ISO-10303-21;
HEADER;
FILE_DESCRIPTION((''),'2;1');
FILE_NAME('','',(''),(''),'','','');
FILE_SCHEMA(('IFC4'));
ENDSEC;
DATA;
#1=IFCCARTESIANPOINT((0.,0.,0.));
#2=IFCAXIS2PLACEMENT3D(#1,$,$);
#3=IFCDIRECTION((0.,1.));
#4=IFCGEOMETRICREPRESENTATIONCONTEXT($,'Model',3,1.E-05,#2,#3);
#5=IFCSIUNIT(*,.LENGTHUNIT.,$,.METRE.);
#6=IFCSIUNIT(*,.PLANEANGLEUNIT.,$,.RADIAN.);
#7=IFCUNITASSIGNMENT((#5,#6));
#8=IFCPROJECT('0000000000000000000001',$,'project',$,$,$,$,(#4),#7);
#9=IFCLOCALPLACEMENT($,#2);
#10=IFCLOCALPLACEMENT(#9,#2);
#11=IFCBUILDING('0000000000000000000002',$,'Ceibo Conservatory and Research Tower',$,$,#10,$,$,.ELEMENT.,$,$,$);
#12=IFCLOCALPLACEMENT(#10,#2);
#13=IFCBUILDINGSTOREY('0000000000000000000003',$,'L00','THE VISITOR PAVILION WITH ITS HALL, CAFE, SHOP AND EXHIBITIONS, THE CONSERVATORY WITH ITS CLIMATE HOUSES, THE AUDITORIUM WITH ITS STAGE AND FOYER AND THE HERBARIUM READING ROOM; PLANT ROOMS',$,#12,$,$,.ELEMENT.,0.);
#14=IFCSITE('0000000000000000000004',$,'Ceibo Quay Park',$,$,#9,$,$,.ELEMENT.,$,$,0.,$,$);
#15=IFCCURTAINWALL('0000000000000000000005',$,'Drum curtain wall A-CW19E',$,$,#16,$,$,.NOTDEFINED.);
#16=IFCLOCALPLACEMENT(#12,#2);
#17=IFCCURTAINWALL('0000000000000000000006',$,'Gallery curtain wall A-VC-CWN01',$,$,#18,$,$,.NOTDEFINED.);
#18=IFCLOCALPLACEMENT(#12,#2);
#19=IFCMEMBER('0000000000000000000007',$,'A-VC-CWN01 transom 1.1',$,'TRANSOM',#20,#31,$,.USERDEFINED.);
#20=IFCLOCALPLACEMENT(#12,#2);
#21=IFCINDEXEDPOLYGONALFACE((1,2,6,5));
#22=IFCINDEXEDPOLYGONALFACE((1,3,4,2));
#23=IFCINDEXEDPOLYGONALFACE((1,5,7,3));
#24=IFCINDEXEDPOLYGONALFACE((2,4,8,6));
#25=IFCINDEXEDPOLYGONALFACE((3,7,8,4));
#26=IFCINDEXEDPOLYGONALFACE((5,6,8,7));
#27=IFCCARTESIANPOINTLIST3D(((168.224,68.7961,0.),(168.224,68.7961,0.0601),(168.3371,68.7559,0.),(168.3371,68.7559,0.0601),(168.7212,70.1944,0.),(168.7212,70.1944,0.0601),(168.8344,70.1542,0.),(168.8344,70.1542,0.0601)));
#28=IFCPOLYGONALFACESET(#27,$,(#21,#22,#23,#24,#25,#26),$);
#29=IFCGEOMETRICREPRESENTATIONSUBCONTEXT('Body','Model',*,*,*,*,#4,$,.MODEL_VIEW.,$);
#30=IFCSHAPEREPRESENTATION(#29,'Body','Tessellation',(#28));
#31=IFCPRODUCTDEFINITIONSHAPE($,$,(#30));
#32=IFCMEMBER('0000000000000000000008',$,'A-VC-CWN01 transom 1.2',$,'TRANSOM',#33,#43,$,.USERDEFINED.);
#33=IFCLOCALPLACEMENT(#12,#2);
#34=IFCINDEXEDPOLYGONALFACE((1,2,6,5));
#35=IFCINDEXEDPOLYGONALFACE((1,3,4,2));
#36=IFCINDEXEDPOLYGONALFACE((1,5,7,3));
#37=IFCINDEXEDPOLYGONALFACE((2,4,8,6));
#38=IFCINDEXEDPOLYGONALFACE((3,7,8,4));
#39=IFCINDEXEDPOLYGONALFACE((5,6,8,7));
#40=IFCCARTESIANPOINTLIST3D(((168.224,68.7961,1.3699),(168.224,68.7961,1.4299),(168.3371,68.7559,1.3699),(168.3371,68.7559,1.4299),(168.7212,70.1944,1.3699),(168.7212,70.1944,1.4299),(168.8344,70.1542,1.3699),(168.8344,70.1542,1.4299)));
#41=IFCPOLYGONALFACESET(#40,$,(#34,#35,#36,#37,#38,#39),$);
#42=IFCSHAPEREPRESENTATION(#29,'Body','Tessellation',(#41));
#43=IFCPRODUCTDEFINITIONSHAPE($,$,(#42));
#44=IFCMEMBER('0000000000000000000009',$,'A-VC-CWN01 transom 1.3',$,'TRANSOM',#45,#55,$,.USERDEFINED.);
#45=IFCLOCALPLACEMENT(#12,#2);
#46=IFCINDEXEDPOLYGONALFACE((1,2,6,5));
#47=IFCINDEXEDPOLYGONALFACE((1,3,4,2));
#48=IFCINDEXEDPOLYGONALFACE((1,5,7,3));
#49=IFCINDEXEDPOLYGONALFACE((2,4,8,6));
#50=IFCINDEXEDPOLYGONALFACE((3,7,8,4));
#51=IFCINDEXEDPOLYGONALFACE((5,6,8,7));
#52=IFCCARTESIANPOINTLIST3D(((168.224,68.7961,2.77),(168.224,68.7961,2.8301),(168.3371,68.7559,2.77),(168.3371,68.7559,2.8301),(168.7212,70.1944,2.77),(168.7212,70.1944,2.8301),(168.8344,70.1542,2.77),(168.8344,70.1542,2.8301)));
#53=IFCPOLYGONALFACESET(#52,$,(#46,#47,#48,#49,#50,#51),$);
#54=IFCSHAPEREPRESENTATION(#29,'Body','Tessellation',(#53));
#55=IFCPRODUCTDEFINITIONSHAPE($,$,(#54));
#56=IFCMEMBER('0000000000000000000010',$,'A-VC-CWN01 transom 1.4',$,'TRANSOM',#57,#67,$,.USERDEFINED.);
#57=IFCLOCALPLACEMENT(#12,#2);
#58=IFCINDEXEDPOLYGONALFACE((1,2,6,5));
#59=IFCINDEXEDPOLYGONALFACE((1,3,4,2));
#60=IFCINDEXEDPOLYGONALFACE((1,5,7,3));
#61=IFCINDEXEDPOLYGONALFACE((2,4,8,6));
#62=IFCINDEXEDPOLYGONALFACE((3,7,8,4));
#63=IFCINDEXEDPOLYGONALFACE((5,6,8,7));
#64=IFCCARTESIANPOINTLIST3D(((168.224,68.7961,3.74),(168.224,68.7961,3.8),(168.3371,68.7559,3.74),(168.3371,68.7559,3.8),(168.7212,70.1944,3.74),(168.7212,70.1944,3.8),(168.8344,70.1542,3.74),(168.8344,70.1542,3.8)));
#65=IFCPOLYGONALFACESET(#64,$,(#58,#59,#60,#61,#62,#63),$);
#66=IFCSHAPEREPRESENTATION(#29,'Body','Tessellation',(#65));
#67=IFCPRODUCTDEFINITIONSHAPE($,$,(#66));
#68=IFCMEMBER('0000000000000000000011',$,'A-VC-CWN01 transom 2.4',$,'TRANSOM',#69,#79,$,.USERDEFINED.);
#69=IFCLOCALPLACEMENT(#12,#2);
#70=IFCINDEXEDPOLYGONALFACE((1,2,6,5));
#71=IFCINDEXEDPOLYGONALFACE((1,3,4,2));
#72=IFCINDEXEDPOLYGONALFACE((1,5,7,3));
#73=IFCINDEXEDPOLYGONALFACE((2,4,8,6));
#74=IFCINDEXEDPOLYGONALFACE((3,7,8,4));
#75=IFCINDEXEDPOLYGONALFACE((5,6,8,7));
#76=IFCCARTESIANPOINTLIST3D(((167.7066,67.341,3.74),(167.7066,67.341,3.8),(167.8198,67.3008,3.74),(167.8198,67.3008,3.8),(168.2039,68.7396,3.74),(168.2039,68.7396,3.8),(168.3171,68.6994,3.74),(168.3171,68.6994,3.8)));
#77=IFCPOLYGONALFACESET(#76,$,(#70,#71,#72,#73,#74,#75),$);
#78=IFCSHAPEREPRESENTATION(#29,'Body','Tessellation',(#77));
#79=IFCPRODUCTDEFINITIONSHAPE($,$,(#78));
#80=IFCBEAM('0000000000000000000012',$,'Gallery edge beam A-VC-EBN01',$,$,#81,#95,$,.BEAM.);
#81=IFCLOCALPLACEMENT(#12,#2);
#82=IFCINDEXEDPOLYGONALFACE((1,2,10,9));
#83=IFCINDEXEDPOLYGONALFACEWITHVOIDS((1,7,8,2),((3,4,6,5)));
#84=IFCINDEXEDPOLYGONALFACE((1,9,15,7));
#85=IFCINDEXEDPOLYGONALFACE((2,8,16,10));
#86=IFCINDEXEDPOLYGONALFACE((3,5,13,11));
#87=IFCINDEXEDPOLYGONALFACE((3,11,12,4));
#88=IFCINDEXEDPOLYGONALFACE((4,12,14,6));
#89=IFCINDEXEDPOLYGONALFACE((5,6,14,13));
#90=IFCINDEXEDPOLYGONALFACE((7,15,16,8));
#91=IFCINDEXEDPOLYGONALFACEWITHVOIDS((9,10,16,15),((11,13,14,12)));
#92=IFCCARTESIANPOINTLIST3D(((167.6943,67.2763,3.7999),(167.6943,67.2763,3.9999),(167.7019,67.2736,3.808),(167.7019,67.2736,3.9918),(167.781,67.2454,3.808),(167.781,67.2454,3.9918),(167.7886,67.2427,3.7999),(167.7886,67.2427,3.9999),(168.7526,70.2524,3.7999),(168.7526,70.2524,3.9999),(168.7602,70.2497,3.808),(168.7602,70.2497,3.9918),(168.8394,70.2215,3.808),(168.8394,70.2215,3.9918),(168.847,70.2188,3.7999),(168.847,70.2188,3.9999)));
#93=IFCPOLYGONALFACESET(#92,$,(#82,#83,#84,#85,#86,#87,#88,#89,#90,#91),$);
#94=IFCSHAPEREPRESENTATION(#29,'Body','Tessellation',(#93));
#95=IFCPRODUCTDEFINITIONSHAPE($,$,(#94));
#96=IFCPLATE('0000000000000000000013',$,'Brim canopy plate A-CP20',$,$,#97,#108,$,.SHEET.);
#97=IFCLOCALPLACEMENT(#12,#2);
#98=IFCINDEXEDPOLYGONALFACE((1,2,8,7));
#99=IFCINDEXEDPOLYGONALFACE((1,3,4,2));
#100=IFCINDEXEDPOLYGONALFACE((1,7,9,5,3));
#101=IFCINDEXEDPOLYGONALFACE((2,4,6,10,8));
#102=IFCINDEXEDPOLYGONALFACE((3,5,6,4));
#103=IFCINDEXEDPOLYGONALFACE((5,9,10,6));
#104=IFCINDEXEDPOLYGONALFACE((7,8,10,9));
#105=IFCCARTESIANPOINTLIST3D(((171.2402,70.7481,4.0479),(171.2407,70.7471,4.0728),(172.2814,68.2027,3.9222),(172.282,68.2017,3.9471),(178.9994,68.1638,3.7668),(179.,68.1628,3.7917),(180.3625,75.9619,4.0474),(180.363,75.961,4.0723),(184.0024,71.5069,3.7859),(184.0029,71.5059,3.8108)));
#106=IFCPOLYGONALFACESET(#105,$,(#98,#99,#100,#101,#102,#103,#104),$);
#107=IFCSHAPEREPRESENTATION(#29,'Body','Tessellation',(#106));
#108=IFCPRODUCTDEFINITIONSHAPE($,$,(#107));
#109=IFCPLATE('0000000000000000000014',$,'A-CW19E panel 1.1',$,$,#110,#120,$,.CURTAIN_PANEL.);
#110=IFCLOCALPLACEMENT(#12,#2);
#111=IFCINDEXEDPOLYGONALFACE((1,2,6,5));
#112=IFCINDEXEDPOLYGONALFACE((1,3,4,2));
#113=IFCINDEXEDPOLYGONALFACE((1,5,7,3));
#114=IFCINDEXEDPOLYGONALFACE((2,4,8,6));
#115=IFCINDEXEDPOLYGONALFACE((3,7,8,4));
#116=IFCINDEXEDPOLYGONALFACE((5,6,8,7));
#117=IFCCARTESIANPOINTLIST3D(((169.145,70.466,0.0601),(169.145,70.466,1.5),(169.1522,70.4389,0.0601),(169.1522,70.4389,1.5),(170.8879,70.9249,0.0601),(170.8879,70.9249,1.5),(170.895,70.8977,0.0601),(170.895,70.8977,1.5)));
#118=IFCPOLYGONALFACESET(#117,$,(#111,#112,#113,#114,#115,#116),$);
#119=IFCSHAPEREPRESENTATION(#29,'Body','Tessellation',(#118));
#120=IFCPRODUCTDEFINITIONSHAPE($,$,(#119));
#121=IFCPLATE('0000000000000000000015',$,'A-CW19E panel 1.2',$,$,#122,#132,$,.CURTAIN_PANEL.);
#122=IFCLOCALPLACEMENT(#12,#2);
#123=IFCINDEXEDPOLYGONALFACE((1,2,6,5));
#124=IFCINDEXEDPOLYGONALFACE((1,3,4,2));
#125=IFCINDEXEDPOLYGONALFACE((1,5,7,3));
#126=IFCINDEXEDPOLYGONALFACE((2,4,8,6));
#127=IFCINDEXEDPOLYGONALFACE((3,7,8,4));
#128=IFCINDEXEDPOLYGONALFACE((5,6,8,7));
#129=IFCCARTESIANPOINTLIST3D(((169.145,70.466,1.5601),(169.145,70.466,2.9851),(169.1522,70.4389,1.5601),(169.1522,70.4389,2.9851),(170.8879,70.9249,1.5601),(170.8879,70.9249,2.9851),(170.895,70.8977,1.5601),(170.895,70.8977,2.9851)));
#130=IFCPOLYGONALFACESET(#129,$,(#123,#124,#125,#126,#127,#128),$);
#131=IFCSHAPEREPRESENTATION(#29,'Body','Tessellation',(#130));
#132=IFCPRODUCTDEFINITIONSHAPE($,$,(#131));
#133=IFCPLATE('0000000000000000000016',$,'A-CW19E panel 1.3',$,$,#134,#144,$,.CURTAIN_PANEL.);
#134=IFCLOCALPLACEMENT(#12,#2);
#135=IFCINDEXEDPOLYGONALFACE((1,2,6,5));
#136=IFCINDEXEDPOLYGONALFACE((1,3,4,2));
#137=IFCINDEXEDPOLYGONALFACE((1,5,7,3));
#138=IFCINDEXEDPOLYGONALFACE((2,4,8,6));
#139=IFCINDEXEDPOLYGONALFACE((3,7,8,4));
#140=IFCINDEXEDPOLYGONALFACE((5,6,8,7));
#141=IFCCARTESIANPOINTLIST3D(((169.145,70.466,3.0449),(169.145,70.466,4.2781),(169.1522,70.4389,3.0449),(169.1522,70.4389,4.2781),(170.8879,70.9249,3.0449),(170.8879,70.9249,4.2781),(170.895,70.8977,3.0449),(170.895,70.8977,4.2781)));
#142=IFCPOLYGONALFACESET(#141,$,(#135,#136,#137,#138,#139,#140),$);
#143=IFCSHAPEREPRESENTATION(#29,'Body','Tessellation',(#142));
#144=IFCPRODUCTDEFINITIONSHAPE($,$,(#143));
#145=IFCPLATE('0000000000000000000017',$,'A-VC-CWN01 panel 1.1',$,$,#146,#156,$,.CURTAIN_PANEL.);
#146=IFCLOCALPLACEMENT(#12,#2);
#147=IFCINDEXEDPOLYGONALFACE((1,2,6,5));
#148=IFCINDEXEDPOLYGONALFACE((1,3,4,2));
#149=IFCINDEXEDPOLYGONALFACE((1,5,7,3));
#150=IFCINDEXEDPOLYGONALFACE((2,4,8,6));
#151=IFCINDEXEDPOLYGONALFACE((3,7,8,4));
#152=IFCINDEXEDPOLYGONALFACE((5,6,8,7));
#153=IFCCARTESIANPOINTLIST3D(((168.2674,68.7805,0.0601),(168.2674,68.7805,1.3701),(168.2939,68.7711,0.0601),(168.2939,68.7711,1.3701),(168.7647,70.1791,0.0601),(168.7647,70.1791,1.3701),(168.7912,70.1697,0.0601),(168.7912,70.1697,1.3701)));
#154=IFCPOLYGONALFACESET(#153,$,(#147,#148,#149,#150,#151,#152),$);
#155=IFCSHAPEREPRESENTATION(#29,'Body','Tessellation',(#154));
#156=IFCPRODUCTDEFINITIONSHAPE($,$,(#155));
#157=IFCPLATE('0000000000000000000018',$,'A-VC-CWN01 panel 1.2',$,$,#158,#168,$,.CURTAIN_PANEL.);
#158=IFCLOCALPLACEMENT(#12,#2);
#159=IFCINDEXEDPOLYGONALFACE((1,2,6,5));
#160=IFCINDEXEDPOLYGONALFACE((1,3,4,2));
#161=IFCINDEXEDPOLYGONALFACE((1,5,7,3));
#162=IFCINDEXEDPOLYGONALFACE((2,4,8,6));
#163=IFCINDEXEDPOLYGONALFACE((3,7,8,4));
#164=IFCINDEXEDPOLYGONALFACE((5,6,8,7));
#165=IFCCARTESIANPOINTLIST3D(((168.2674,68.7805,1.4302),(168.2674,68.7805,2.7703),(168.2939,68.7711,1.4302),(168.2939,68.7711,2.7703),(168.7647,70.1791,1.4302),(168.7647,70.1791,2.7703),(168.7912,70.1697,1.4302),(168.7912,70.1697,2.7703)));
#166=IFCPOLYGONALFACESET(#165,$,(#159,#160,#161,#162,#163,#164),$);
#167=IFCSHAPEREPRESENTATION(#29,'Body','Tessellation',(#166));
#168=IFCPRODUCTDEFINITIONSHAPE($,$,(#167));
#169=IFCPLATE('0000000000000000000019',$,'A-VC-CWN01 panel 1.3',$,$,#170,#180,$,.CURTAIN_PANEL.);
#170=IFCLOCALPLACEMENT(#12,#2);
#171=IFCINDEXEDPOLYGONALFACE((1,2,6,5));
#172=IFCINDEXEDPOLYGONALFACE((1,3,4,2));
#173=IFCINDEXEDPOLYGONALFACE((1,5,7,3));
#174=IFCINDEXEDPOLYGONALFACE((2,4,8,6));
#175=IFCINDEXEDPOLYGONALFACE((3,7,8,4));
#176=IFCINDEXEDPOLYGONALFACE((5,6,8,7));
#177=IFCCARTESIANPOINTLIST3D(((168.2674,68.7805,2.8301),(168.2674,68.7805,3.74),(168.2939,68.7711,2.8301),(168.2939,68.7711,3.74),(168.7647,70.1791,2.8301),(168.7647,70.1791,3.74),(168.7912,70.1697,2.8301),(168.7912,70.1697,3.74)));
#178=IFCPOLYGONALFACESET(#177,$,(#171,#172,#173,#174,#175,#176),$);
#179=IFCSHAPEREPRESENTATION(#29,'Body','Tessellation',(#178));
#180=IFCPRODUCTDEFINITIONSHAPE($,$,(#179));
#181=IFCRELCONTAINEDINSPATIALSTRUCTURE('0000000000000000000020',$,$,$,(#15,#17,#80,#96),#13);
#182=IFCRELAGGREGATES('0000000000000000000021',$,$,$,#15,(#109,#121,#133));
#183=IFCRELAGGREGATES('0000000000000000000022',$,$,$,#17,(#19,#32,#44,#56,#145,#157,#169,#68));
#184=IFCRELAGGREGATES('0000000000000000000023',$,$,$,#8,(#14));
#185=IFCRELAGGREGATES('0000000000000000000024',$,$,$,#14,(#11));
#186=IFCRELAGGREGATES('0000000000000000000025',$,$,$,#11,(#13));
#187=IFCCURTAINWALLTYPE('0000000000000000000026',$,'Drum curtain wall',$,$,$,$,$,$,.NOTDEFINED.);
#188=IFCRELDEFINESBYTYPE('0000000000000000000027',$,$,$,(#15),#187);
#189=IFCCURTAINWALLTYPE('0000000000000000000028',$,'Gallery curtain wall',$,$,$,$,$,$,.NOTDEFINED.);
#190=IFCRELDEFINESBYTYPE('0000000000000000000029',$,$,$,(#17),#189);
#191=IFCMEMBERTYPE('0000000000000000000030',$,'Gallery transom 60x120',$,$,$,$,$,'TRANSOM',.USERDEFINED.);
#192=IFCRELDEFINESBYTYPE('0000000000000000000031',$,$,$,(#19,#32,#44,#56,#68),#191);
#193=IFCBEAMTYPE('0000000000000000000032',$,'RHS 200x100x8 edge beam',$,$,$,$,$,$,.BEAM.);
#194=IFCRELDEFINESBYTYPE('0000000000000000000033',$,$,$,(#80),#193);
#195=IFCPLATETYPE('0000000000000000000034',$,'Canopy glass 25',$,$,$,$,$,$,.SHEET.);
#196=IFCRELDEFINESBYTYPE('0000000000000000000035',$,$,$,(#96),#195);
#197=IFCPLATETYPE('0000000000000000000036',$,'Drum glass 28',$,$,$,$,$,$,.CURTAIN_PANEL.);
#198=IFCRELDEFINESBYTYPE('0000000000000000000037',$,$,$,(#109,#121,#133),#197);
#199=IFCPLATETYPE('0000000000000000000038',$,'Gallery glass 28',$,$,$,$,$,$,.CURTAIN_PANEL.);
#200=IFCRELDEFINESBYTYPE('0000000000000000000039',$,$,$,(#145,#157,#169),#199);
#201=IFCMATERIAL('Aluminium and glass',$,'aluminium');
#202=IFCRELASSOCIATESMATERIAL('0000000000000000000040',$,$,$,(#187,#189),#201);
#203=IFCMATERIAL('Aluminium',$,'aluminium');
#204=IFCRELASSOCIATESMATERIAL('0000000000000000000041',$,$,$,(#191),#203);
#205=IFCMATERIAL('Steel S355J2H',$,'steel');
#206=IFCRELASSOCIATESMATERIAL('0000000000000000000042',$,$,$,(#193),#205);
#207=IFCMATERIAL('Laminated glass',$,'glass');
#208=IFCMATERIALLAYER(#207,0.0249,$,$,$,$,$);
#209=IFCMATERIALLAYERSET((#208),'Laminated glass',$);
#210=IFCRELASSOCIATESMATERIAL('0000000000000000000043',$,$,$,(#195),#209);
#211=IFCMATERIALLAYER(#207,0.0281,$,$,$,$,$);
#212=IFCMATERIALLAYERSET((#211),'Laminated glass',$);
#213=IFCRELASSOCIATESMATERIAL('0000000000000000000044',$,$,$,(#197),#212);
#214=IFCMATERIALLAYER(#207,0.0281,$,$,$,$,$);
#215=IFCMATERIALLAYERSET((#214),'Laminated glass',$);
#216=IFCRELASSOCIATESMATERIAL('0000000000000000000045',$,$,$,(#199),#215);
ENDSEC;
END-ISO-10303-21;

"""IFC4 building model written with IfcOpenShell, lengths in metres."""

from ifc_helpers import new_model, si_unit, direction, frame, origin, origin_2d, place, context, subcontext, project, spatial, polyline, rectangle, hollow_rectangle, outline, extrude, material, layer, layer_set, material_profile, profile_set, type_object, element, aggregate, save


model = new_model("IFC4")

# Units and contexts
model_context = context("Model", 3, precision=1e-05, world=origin(), true_north=direction((0.0, 1.0)))
body_context = subcontext(model_context, "Body", "Model", "MODEL_VIEW")
ifc_project = project(units=[si_unit("LENGTHUNIT", "METRE"), si_unit("PLANEANGLEUNIT", "RADIAN")], contexts=[model_context])

# Site, building, storey
site_placement = place(None, origin())
site = spatial("IfcSite", under=ifc_project, at=site_placement, Name="Ceibo Quay Park", CompositionType="ELEMENT", RefElevation=0.0)
building_placement = place(site_placement, origin())
building = spatial("IfcBuilding", under=site, at=building_placement, Name="Ceibo Conservatory and Research Tower", CompositionType="ELEMENT")
storey_placement = place(building_placement, origin())
storey = spatial("IfcBuildingStorey", under=building, at=storey_placement, Name="L00", Description="THE VISITOR PAVILION WITH ITS HALL, CAFE, SHOP AND EXHIBITIONS, THE CONSERVATORY WITH ITS CLIMATE HOUSES, THE AUDITORIUM WITH ITS STAGE AND FOYER AND THE HERBARIUM READING ROOM; PLANT ROOMS", CompositionType="ELEMENT", Elevation=0.0)

# Shared definitions
ifc_material_1 = material(Name="Steel S355J2H", Category="steel")

# Curtain wall
ifc_material_2 = material(Name="Aluminium and glass", Category="aluminium")
curtain_wall_type_1 = type_object("IfcCurtainWallType", Name="Drum curtain wall", PredefinedType="NOTDEFINED", material=ifc_material_2)
curtain_wall_1_placement = place(storey_placement, origin())
curtain_wall_1 = element("IfcCurtainWall", 1, at=curtain_wall_1_placement, inside=storey, type_object=curtain_wall_type_1, Name="Drum curtain wall A-CW19E", PredefinedType="NOTDEFINED")
ifc_material_3 = material(Name="Aluminium", Category="aluminium")

# Curtain wall, members
curtain_wall_type_2 = type_object("IfcCurtainWallType", Name="Gallery curtain wall", PredefinedType="NOTDEFINED", material=ifc_material_2)
curtain_wall_2_placement = place(storey_placement, origin())
curtain_wall_2 = element("IfcCurtainWall", 2, at=curtain_wall_2_placement, inside=storey, type_object=curtain_wall_type_2, Name="Gallery curtain wall A-VC-CWN01", PredefinedType="NOTDEFINED")
ifc_material_profile_1 = material_profile(ifc_material_3, rectangle(XDim=0.1201, YDim=0.0601, at=origin_2d()), Name="AL 60x120")
ifc_profile_set_1 = profile_set([ifc_material_profile_1], Name="Aluminium")
member_type_1 = type_object("IfcMemberType", Name="Gallery transom 60x120", ElementType="TRANSOM", PredefinedType="USERDEFINED", material=ifc_profile_set_1)
member_1_placement = place(storey_placement, frame((168.7778, 70.1743, 0.03), z_axis=(-0.335065, -0.942195, 0.0), x_axis=(0.942195, -0.335065, 0.0)))
member_1 = element("IfcMember", 3, at=member_1_placement, type_object=member_type_1, Name="A-VC-CWN01 transom 1.1", ObjectType="TRANSOM", PredefinedType="USERDEFINED", context=body_context, shape_type="SweptSolid", body=[
    extrude(rectangle(XDim=0.1201, YDim=0.0601, at=origin_2d()), origin(), (0.0, 0.0, 1.0), 1.4841),
])
member_2_placement = place(storey_placement, frame((168.7778, 70.1743, 1.3999), z_axis=(-0.335065, -0.942195, 0.0), x_axis=(0.942195, -0.335065, 0.0)))
member_2 = element("IfcMember", 4, at=member_2_placement, type_object=member_type_1, Name="A-VC-CWN01 transom 1.2", ObjectType="TRANSOM", PredefinedType="USERDEFINED", context=body_context, shape_type="SweptSolid", body=[
    extrude(rectangle(XDim=0.1201, YDim=0.0601, at=origin_2d()), origin(), (0.0, 0.0, 1.0), 1.4841),
])
member_3_placement = place(storey_placement, frame((168.7778, 70.1743, 2.8), z_axis=(-0.335065, -0.942195, 0.0), x_axis=(0.942195, -0.335065, 0.0)))
member_3 = element("IfcMember", 5, at=member_3_placement, type_object=member_type_1, Name="A-VC-CWN01 transom 1.3", ObjectType="TRANSOM", PredefinedType="USERDEFINED", context=body_context, shape_type="SweptSolid", body=[
    extrude(rectangle(XDim=0.1201, YDim=0.0601, at=origin_2d()), origin(), (0.0, 0.0, 1.0), 1.4841),
])
member_4_placement = place(storey_placement, frame((168.7778, 70.1743, 3.77), z_axis=(-0.335065, -0.942195, 0.0), x_axis=(0.942195, -0.335065, 0.0)))
member_4 = element("IfcMember", 6, at=member_4_placement, type_object=member_type_1, Name="A-VC-CWN01 transom 1.4", ObjectType="TRANSOM", PredefinedType="USERDEFINED", context=body_context, shape_type="SweptSolid", body=[
    extrude(rectangle(XDim=0.1201, YDim=0.0601, at=origin_2d()), origin(), (0.0, 0.0, 1.0), 1.4841),
])
member_5_placement = place(storey_placement, frame((168.2605, 68.7195, 3.77), z_axis=(-0.335013, -0.942214, 0.0), x_axis=(0.942214, -0.335013, 0.0)))
member_5 = element("IfcMember", 7, at=member_5_placement, type_object=member_type_1, Name="A-VC-CWN01 transom 2.4", ObjectType="TRANSOM", PredefinedType="USERDEFINED", context=body_context, shape_type="SweptSolid", body=[
    extrude(rectangle(XDim=0.1201, YDim=0.0601, at=origin_2d()), origin(), (0.0, 0.0, 1.0), 1.4844),
])

# Beam
ifc_material_profile_2 = material_profile(ifc_material_1, hollow_rectangle(XDim=0.1001, YDim=0.2, WallThickness=0.0081, at=origin_2d()), Name="RHS 200x100x8 edge beam")
ifc_profile_set_2 = profile_set([ifc_material_profile_2], Name="Steel S355J2H")
beam_type = type_object("IfcBeamType", Name="RHS 200x100x8 edge beam", PredefinedType="BEAM", material=ifc_profile_set_2)
beam_placement = place(storey_placement, frame((168.7998, 70.2356, 3.8999), z_axis=(-0.335063, -0.942196, 0.0), x_axis=(0.942196, -0.335063, 0.0)))
element("IfcBeam", 8, at=beam_placement, inside=storey, type_object=beam_type, Name="Gallery edge beam A-VC-EBN01", PredefinedType="BEAM", context=body_context, shape_type="SweptSolid", body=[
    extrude(hollow_rectangle(XDim=0.1001, YDim=0.2, WallThickness=0.0081, at=origin_2d()), origin(), (0.0, 0.0, 1.0), 3.1587),
])

# Plates
ifc_material_4 = material(Name="Laminated glass", Category="glass")
ifc_layer_1 = layer(ifc_material_4, 0.0249)
ifc_layer_set_1 = layer_set([ifc_layer_1], Name="Laminated glass")
plate_type_1 = type_object("IfcPlateType", Name="Canopy glass 25", PredefinedType="SHEET", material=ifc_layer_set_1)
plate_1_placement = place(storey_placement, frame((171.2407, 70.7471, 4.0728), z_axis=(-0.022879, 0.039944, -0.99894), x_axis=(0.868196, 0.496221, -0.000042)))
element("IfcPlate", 9, at=plate_1_placement, inside=storey, type_object=plate_type_1, Name="Brim canopy plate A-CP20", PredefinedType="SHEET", context=body_context, shape_type="SweptSolid", body=[
    extrude(outline(polyline([(0.0, 0.0), (10.5072, 0.0), (11.4566, 5.6801), (5.4542, 6.1004), (-0.3591, 2.7295), (0.0, 0.0)])), origin(), (0.0, 0.0, 1.0), 0.0249),
])
ifc_layer_2 = layer(ifc_material_4, 0.0281)
ifc_layer_set_2 = layer_set([ifc_layer_2], Name="Laminated glass")
plate_type_2 = type_object("IfcPlateType", Name="Drum glass 28", PredefinedType="CURTAIN_PANEL", material=ifc_layer_set_2)
plate_2_placement = place(storey_placement, frame((170.02, 70.6819, 0.0601), z_axis=(0.0, 0.0, 1.0), x_axis=(0.967046, 0.254602, 0.0)))
plate_2 = element("IfcPlate", 10, at=plate_2_placement, type_object=plate_type_2, Name="A-CW19E panel 1.1", PredefinedType="CURTAIN_PANEL", context=body_context, shape_type="SweptSolid", body=[
    extrude(rectangle(XDim=1.8022, YDim=0.0281, at=origin_2d()), origin(), (0.0, 0.0, 1.0), 1.4399),
])
plate_3_placement = place(storey_placement, frame((170.02, 70.6819, 1.5601), z_axis=(0.0, 0.0, 1.0), x_axis=(0.967046, 0.254602, 0.0)))
plate_3 = element("IfcPlate", 11, at=plate_3_placement, type_object=plate_type_2, Name="A-CW19E panel 1.2", PredefinedType="CURTAIN_PANEL", context=body_context, shape_type="SweptSolid", body=[
    extrude(rectangle(XDim=1.8022, YDim=0.0281, at=origin_2d()), origin(), (0.0, 0.0, 1.0), 1.425),
])
plate_4_placement = place(storey_placement, frame((170.02, 70.6819, 3.0449), z_axis=(0.0, 0.0, 1.0), x_axis=(0.967046, 0.254602, 0.0)))
plate_4 = element("IfcPlate", 12, at=plate_4_placement, type_object=plate_type_2, Name="A-CW19E panel 1.3", PredefinedType="CURTAIN_PANEL", context=body_context, shape_type="SweptSolid", body=[
    extrude(rectangle(XDim=1.8022, YDim=0.0281, at=origin_2d()), origin(), (0.0, 0.0, 1.0), 1.2332),
])
aggregate(curtain_wall_1, [plate_2, plate_3, plate_4])
ifc_layer_3 = layer(ifc_material_4, 0.0281)
ifc_layer_set_3 = layer_set([ifc_layer_3], Name="Laminated glass")
plate_type_3 = type_object("IfcPlateType", Name="Gallery glass 28", PredefinedType="CURTAIN_PANEL", material=ifc_layer_set_3)
plate_5_placement = place(storey_placement, frame((168.5293, 69.4751, 0.0601), z_axis=(0.0, 0.0, 1.0), x_axis=(-0.33504, -0.942204, 0.0)))
plate_5 = element("IfcPlate", 13, at=plate_5_placement, type_object=plate_type_3, Name="A-VC-CWN01 panel 1.1", PredefinedType="CURTAIN_PANEL", context=body_context, shape_type="SweptSolid", body=[
    extrude(rectangle(XDim=1.4844, YDim=0.0281, at=origin_2d()), origin(), (0.0, 0.0, 1.0), 1.3101),
])
plate_6_placement = place(storey_placement, frame((168.5293, 69.4751, 1.4302), z_axis=(0.0, 0.0, 1.0), x_axis=(-0.33504, -0.942204, 0.0)))
plate_6 = element("IfcPlate", 14, at=plate_6_placement, type_object=plate_type_3, Name="A-VC-CWN01 panel 1.2", PredefinedType="CURTAIN_PANEL", context=body_context, shape_type="SweptSolid", body=[
    extrude(rectangle(XDim=1.4844, YDim=0.0281, at=origin_2d()), origin(), (0.0, 0.0, 1.0), 1.3401),
])
plate_7_placement = place(storey_placement, frame((168.5293, 69.4751, 2.8301), z_axis=(0.0, 0.0, 1.0), x_axis=(-0.33504, -0.942204, 0.0)))
plate_7 = element("IfcPlate", 15, at=plate_7_placement, type_object=plate_type_3, Name="A-VC-CWN01 panel 1.3", PredefinedType="CURTAIN_PANEL", context=body_context, shape_type="SweptSolid", body=[
    extrude(rectangle(XDim=1.4844, YDim=0.0281, at=origin_2d()), origin(), (0.0, 0.0, 1.0), 0.9099),
])
aggregate(curtain_wall_2, [member_1, member_2, member_3, member_4, plate_5, plate_6, plate_7, member_5])

save(model, "model.ifc")
